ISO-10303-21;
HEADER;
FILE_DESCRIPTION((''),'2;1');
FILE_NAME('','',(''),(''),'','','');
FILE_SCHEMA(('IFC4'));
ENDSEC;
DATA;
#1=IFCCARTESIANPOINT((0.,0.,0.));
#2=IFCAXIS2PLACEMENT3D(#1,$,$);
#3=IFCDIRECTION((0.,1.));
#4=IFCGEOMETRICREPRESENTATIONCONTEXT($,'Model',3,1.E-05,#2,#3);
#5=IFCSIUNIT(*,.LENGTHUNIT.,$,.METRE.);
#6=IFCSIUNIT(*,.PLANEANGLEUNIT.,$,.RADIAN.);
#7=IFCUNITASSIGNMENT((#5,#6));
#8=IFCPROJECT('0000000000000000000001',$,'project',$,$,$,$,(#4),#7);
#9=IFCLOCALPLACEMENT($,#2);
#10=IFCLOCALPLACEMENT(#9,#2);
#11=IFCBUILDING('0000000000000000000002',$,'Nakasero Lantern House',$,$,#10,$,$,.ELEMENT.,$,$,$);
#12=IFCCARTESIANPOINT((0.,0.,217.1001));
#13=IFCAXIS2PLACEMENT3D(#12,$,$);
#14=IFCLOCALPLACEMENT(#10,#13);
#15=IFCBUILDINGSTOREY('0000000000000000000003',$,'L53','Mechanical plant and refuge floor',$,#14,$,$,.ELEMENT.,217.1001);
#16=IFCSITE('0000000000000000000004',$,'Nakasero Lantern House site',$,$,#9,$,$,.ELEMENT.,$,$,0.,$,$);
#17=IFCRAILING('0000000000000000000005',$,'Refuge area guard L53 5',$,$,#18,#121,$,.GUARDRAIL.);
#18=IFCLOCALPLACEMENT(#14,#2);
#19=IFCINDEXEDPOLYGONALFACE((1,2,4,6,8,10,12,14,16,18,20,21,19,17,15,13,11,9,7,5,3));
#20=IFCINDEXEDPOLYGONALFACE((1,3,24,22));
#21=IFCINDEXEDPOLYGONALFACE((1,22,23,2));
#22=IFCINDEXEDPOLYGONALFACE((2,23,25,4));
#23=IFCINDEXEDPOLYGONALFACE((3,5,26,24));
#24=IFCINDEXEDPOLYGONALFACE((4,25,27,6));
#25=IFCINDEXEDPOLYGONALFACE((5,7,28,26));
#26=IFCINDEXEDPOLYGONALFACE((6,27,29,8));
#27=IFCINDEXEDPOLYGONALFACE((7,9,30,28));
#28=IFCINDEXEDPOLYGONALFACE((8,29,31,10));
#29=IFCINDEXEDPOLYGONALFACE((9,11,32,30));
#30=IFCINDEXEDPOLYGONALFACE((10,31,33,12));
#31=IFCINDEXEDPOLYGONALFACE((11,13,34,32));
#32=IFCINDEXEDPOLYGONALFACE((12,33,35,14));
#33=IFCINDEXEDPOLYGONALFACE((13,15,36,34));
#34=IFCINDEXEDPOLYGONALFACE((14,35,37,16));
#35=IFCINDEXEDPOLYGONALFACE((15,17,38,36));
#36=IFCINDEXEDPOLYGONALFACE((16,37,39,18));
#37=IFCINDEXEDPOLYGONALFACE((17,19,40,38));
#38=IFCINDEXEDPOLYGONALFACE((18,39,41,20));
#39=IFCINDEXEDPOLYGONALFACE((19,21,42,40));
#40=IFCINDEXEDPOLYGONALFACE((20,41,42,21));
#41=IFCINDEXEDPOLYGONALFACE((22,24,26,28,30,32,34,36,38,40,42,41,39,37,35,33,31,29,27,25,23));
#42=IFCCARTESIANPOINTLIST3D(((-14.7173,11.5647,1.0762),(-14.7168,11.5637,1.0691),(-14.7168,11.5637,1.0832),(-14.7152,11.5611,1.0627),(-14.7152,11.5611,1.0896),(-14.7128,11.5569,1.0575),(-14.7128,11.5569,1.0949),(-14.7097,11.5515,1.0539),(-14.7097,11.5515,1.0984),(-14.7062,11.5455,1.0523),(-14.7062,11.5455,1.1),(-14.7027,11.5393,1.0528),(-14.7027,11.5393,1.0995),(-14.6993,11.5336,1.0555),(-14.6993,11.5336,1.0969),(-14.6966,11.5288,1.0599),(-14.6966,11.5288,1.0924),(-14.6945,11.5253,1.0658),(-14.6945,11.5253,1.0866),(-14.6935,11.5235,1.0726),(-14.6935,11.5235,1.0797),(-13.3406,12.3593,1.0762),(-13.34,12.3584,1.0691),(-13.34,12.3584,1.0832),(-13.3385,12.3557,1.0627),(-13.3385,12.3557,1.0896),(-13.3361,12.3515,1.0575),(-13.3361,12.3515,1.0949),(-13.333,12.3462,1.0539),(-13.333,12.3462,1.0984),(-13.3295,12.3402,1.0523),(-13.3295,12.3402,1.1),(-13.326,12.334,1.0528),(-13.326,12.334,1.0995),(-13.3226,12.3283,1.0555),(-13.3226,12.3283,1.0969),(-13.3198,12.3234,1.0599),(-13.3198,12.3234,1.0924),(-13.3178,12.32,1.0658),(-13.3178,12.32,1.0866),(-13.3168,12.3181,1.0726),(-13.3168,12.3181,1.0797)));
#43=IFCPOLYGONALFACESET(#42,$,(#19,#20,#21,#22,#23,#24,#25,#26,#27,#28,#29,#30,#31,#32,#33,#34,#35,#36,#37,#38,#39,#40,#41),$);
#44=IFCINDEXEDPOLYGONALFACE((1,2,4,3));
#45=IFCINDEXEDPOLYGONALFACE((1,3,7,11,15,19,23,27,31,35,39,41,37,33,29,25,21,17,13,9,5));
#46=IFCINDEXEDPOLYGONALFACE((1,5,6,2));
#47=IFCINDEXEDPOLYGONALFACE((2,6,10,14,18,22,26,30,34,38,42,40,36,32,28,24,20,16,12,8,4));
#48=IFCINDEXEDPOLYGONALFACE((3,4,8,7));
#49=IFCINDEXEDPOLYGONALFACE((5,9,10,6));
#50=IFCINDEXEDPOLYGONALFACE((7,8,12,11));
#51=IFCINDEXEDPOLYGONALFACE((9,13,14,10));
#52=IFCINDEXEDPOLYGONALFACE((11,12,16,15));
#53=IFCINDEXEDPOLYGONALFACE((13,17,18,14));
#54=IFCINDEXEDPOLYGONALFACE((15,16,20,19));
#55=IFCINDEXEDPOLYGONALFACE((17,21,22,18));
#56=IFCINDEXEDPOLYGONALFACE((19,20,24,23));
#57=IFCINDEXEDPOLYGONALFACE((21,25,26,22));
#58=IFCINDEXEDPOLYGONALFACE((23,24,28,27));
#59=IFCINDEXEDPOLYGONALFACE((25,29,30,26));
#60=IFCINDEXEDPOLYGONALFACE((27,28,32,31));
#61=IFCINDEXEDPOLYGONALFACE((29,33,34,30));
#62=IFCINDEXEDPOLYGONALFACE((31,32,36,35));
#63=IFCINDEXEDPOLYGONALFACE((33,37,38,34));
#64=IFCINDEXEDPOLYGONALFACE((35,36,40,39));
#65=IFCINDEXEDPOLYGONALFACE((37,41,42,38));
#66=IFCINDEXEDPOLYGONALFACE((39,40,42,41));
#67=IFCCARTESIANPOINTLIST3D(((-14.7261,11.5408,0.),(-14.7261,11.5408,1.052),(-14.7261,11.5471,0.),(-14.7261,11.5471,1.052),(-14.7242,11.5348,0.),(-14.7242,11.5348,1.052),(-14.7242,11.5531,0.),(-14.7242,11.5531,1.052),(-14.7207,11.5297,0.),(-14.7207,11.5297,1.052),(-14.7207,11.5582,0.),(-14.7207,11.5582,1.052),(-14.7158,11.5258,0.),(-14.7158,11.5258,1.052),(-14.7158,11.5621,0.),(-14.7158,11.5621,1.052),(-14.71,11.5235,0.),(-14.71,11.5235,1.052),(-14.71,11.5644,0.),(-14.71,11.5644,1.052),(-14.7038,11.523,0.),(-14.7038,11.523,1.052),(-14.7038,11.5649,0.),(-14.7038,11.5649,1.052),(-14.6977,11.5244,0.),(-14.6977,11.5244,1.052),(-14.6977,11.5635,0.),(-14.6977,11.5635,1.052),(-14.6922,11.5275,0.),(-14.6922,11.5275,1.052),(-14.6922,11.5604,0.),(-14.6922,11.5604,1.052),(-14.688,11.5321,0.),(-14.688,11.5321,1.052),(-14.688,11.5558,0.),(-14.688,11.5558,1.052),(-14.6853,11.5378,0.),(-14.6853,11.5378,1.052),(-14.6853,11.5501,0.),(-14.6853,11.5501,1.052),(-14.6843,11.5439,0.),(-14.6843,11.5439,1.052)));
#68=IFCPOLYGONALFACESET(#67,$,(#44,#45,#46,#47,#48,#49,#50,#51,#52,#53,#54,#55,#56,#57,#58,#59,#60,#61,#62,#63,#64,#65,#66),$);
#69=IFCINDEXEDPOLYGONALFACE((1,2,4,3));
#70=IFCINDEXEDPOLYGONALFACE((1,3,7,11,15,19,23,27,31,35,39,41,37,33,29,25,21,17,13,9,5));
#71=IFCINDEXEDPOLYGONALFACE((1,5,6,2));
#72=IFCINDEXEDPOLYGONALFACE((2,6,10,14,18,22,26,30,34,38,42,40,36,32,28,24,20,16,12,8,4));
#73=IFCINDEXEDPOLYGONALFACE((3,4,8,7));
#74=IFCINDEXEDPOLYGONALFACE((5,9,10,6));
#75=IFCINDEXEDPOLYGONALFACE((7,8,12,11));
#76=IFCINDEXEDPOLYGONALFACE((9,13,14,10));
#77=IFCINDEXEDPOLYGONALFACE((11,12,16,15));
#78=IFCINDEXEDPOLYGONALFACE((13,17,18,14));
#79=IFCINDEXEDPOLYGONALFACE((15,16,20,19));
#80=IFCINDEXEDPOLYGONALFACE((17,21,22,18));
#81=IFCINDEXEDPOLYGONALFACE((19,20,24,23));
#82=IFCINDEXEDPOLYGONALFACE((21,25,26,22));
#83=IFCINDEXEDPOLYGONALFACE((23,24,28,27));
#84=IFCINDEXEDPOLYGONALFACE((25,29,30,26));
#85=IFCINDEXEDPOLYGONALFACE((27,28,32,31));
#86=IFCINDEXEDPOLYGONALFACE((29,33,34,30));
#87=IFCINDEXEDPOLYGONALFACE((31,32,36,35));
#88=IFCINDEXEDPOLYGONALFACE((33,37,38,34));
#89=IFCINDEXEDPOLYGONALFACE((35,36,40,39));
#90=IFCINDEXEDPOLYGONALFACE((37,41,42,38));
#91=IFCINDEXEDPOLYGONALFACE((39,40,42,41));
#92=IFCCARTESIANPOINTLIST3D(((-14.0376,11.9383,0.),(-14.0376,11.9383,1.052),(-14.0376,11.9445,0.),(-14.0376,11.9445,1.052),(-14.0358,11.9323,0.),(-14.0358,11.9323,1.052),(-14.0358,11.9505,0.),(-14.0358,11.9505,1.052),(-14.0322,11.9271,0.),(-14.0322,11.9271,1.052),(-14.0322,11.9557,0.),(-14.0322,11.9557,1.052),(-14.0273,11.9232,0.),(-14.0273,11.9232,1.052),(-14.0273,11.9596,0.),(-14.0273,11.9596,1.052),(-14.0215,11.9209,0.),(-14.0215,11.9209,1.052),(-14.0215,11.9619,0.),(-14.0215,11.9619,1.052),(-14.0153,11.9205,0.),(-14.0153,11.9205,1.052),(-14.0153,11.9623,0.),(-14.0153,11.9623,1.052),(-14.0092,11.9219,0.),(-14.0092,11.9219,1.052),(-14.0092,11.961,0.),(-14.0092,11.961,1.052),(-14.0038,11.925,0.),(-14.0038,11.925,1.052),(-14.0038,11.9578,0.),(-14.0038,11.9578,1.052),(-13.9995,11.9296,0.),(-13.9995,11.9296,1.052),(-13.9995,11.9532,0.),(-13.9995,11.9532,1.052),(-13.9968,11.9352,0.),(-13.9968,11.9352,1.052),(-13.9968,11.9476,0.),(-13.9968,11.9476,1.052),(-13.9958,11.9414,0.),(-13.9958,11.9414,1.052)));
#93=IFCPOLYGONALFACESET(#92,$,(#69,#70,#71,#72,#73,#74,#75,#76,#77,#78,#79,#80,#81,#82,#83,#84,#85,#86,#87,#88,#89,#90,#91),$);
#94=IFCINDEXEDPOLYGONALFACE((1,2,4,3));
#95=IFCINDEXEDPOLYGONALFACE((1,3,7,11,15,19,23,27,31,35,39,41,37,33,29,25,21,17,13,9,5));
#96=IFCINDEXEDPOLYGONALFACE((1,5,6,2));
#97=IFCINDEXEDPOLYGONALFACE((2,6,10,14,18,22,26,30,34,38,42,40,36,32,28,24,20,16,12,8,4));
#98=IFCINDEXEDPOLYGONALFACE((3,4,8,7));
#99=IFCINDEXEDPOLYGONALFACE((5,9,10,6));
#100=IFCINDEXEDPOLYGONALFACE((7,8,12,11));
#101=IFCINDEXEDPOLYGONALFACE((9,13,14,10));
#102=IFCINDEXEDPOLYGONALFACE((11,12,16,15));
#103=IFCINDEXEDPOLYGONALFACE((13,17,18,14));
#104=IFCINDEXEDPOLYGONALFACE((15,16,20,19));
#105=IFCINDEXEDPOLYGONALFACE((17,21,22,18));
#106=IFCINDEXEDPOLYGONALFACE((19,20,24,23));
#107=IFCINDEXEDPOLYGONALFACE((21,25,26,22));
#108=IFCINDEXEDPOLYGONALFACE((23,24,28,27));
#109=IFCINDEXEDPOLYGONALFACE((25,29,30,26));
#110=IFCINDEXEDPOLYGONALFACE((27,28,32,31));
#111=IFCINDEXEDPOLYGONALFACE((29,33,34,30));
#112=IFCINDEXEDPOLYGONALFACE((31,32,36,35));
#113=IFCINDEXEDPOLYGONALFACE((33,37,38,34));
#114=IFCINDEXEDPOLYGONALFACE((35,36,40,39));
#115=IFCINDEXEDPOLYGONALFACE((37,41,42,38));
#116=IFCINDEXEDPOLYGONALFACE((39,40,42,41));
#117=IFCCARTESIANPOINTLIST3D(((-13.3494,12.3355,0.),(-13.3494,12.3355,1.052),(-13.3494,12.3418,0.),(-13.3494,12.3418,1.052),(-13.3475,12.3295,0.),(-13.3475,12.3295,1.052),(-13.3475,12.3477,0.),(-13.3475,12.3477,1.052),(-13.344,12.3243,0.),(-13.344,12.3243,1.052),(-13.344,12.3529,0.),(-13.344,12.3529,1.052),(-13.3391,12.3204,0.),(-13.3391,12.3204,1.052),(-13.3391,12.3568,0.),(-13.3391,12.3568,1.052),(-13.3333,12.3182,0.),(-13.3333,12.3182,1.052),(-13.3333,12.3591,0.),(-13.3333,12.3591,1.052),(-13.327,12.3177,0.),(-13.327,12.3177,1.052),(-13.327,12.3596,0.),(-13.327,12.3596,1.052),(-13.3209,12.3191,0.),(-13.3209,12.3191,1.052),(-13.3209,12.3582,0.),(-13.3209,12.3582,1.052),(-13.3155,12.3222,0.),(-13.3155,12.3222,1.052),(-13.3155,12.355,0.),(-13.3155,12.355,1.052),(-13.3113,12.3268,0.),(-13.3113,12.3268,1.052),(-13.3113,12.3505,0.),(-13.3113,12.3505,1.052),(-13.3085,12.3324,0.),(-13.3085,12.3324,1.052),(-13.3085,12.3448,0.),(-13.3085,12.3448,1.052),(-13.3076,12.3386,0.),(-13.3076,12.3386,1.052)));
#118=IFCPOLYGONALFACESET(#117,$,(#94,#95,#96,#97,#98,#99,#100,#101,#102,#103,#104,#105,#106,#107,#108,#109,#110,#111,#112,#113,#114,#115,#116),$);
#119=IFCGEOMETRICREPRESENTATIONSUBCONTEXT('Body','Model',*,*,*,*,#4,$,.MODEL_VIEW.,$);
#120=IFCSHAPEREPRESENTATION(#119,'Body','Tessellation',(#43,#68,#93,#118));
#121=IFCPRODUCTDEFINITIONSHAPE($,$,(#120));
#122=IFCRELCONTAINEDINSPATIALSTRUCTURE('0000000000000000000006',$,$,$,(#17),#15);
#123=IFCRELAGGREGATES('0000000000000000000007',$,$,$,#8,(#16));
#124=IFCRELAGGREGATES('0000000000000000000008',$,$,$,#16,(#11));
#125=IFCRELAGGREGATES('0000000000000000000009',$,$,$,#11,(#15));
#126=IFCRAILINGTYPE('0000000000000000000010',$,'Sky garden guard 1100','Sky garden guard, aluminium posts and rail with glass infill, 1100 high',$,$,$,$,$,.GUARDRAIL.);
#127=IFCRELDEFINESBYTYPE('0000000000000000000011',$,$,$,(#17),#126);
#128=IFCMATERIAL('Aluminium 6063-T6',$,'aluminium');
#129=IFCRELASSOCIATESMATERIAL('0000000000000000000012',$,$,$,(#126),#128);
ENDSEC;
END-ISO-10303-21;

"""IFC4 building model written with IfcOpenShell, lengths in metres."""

from ifc_helpers import new_model, si_unit, direction, frame, origin, origin_2d, place, context, subcontext, project, spatial, circle, extrude, material, type_object, element, save


model = new_model("IFC4")

# Units and contexts
model_context = context("Model", 3, precision=1e-05, world=origin(), true_north=direction((0.0, 1.0)))
body_context = subcontext(model_context, "Body", "Model", "MODEL_VIEW")
ifc_project = project(units=[si_unit("LENGTHUNIT", "METRE"), si_unit("PLANEANGLEUNIT", "RADIAN")], contexts=[model_context])

# Site, building, storey
site_placement = place(None, origin())
site = spatial("IfcSite", under=ifc_project, at=site_placement, Name="Nakasero Lantern House site", CompositionType="ELEMENT", RefElevation=0.0)
building_placement = place(site_placement, origin())
building = spatial("IfcBuilding", under=site, at=building_placement, Name="Nakasero Lantern House", CompositionType="ELEMENT")
storey_placement = place(building_placement, frame((0.0, 0.0, 217.1001)))
storey = spatial("IfcBuildingStorey", under=building, at=storey_placement, Name="L53", Description="Mechanical plant and refuge floor", CompositionType="ELEMENT", Elevation=217.1001)

# Railing
ifc_material_1 = material(Name="Aluminium 6063-T6", Category="aluminium")
railing_type = type_object("IfcRailingType", Name="Sky garden guard 1100", Description="Sky garden guard, aluminium posts and rail with glass infill, 1100 high", PredefinedType="GUARDRAIL", material=ifc_material_1)
railing_1_placement = place(storey_placement, frame((-14.7053, 11.5439, 0.0)))
element("IfcRailing", 1, at=railing_1_placement, inside=storey, type_object=railing_type, Name="Refuge area guard L53 5", PredefinedType="GUARDRAIL", context=body_context, shape_type="SweptSolid", body=[
    extrude(circle(Radius=0.0239, at=origin_2d()), frame((0.0, 0.0, 1.0762), z_axis=(0.866071, 0.499922, 0.0), x_axis=(-0.499922, 0.866071, 0.0)), (0.0, 0.0, 1.0), 1.5896),
    extrude(circle(Radius=0.021, at=origin_2d()), origin(), (0.0, 0.0, 1.0), 1.052),
    extrude(circle(Radius=0.021, at=origin_2d()), frame((0.6885, 0.3975, 0.0)), (0.0, 0.0, 1.0), 1.052),
    extrude(circle(Radius=0.021, at=origin_2d()), frame((1.3767, 0.7947, 0.0)), (0.0, 0.0, 1.0), 1.052),
])

save(model, "model.ifc")
